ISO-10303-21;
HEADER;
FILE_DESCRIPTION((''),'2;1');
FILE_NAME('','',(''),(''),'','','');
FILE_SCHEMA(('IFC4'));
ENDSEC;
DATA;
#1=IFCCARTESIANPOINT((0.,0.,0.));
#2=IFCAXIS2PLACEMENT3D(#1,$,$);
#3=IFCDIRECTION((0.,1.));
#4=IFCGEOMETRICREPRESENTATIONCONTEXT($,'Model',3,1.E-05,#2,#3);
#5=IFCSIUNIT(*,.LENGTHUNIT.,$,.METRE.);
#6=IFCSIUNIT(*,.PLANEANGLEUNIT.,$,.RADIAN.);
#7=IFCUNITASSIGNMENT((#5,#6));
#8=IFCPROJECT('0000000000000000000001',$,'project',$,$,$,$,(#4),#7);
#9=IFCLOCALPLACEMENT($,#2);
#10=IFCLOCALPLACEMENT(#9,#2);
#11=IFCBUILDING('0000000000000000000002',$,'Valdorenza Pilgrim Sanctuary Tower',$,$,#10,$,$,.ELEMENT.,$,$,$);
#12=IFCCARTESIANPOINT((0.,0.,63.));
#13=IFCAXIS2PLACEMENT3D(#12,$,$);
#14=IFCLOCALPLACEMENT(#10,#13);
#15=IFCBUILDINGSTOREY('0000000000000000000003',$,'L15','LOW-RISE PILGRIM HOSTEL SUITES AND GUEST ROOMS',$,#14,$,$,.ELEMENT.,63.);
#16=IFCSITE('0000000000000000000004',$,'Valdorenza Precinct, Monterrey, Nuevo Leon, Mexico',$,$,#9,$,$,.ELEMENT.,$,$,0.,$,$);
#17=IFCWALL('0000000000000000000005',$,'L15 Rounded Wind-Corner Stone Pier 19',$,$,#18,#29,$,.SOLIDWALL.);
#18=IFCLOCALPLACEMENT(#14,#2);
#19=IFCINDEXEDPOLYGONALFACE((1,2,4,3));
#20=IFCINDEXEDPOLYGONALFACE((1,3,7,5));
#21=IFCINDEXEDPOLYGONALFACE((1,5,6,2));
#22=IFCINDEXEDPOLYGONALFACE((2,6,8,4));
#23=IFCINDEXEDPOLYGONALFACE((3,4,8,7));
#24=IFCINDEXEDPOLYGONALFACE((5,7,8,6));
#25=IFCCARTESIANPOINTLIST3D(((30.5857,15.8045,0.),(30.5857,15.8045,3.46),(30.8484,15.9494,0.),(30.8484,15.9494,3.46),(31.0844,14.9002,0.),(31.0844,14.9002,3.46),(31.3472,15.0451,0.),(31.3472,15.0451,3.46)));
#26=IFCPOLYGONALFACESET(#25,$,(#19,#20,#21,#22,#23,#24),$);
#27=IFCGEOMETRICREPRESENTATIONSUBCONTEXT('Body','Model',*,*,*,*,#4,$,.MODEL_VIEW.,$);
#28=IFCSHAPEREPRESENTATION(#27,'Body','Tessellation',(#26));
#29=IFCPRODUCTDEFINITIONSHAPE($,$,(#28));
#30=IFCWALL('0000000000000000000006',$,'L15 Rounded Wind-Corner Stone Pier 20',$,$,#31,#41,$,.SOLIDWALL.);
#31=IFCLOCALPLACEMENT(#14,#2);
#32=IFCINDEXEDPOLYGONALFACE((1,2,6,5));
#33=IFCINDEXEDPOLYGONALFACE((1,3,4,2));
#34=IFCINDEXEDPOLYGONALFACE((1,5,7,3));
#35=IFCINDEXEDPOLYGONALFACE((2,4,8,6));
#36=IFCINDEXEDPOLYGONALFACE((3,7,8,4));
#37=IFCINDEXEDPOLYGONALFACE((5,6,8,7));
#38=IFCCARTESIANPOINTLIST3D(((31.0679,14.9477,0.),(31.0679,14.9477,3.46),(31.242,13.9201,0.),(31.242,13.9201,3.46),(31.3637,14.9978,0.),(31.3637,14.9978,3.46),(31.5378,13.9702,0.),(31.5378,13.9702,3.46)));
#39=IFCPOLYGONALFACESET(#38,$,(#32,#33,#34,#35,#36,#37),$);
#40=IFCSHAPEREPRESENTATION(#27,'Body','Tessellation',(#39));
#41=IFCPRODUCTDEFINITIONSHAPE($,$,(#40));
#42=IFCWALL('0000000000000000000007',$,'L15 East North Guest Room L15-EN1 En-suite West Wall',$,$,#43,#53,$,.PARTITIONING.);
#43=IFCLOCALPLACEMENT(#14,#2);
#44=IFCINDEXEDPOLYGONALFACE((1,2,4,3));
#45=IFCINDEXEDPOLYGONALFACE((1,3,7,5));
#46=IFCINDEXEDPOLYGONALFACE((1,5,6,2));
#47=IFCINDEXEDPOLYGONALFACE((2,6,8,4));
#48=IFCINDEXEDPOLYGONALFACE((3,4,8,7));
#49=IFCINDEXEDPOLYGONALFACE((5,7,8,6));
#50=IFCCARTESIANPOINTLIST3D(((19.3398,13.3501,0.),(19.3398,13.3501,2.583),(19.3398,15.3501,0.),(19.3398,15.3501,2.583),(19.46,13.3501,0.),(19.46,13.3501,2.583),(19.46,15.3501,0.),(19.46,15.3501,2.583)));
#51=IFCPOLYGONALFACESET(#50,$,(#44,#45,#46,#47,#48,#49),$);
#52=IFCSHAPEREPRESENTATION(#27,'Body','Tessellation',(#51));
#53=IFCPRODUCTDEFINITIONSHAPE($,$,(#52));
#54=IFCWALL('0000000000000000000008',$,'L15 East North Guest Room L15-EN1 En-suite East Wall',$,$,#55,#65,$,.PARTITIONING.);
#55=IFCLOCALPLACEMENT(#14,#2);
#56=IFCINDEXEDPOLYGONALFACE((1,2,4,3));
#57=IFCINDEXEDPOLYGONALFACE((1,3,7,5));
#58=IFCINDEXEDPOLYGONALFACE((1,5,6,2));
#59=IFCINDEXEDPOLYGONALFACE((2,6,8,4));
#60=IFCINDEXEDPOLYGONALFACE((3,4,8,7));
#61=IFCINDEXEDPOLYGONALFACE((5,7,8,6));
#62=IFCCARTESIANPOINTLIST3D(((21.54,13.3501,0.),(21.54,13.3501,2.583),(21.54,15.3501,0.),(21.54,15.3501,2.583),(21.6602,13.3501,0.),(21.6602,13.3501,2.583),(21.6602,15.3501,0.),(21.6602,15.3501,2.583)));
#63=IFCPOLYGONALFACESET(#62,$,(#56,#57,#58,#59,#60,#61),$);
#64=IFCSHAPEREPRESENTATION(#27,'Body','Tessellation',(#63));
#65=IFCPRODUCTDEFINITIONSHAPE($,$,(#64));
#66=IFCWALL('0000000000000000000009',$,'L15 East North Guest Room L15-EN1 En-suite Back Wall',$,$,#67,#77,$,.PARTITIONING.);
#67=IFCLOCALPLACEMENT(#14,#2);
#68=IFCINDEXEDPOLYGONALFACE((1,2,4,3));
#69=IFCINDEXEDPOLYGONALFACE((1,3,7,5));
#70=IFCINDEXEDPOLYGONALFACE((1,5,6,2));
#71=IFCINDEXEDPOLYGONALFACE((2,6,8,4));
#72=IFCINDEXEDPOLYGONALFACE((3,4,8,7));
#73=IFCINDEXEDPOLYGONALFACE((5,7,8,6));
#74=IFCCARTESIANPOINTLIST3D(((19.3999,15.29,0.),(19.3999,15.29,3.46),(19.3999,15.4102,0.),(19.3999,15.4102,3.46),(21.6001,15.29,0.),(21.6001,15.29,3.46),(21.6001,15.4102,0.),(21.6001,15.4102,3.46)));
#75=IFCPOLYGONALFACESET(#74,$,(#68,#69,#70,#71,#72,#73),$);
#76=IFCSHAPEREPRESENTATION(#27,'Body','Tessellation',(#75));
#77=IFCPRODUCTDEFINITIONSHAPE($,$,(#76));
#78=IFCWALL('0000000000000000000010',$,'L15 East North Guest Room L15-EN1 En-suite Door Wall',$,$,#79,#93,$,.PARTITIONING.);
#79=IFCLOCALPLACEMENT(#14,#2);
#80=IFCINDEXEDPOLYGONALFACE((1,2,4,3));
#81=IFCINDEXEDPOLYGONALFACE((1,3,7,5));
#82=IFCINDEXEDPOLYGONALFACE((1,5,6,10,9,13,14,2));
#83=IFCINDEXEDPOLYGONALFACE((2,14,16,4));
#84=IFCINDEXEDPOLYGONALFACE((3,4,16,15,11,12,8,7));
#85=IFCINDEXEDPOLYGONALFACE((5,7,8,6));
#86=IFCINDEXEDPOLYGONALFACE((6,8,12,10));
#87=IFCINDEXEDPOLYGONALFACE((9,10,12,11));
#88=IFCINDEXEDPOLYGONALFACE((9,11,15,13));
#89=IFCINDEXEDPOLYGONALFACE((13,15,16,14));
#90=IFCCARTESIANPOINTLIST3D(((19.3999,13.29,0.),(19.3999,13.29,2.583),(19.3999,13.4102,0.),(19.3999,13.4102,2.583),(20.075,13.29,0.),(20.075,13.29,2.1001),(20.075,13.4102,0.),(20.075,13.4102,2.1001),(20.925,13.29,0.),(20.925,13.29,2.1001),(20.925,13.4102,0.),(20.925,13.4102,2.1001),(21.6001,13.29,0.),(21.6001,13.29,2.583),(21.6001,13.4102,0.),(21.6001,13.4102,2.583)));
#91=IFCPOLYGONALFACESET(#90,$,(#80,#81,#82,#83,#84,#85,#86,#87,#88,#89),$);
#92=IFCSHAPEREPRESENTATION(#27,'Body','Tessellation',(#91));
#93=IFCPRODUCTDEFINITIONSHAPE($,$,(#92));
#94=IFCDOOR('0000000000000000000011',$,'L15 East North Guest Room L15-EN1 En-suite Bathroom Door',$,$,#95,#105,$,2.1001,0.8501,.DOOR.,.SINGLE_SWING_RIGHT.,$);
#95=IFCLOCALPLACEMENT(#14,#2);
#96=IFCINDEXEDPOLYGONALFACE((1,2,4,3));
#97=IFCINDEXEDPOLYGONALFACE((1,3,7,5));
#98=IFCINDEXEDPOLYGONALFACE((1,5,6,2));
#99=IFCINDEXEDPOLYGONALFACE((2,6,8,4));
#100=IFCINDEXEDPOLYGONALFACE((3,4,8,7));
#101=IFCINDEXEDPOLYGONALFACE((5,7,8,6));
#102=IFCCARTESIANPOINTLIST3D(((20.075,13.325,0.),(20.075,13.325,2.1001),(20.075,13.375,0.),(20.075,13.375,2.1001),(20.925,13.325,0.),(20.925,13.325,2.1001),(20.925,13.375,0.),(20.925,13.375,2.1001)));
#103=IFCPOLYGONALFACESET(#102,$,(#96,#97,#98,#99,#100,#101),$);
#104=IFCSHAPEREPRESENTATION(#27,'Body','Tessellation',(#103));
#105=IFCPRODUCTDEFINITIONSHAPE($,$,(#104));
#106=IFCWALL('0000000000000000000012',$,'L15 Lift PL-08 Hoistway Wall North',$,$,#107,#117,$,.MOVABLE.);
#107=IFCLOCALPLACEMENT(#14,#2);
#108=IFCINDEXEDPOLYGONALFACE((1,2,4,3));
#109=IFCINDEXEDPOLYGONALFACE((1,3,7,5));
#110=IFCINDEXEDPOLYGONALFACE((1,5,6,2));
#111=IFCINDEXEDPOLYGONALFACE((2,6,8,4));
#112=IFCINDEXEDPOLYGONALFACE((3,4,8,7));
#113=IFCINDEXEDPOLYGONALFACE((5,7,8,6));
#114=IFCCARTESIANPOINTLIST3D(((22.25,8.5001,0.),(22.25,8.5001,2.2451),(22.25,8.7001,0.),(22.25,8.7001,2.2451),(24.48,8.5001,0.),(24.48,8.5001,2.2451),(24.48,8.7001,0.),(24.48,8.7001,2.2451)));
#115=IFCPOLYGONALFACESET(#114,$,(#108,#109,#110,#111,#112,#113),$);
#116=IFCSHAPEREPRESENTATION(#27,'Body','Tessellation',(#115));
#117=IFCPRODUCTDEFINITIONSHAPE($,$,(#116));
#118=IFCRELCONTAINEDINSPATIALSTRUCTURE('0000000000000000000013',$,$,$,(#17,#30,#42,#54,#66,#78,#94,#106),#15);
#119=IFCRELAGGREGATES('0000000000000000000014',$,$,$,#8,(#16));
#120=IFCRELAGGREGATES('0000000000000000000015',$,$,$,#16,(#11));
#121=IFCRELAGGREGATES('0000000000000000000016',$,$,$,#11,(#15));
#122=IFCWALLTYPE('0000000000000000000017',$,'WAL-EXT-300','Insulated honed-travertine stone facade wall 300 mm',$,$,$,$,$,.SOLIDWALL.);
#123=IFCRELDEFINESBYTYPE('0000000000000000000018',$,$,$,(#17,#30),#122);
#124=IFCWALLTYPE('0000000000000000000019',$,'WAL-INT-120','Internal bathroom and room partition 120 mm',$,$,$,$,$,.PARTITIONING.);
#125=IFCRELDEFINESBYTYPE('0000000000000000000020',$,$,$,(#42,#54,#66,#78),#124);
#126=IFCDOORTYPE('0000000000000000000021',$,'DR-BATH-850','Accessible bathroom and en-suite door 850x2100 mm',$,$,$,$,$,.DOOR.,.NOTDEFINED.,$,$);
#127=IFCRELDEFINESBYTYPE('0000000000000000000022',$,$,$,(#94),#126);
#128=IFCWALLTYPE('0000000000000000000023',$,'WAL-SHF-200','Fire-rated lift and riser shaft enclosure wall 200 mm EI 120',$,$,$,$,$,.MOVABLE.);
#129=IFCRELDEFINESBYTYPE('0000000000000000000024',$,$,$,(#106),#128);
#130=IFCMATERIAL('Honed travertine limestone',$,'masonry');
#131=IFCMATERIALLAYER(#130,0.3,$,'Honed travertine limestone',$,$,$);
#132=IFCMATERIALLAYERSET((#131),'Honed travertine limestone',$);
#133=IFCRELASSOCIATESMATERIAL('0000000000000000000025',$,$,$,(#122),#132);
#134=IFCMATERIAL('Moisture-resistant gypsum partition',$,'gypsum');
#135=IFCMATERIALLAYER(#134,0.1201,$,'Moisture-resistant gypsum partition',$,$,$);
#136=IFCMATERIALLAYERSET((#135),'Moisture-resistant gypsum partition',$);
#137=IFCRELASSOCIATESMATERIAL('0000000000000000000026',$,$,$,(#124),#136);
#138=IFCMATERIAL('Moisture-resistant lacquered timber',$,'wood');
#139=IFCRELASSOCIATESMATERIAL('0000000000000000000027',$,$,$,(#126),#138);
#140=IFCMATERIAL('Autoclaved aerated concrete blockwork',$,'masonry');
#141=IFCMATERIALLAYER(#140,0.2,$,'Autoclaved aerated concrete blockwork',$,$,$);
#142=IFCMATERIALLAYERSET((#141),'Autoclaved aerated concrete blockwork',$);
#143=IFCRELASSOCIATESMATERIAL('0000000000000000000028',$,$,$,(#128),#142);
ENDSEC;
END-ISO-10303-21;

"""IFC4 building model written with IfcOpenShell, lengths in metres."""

from ifc_helpers import new_model, si_unit, direction, frame, frame_2d, origin, place, context, subcontext, project, spatial, rectangle, extrude, material, layer, layer_set, type_object, element, fill, save


model = new_model("IFC4")

# Units and contexts
model_context = context("Model", 3, precision=1e-05, world=origin(), true_north=direction((0.0, 1.0)))
body_context = subcontext(model_context, "Body", "Model", "MODEL_VIEW")
ifc_project = project(units=[si_unit("LENGTHUNIT", "METRE"), si_unit("PLANEANGLEUNIT", "RADIAN")], contexts=[model_context])

# Site, building, storey
site_placement = place(None, origin())
site = spatial("IfcSite", under=ifc_project, at=site_placement, Name="Valdorenza Precinct, Monterrey, Nuevo Leon, Mexico", CompositionType="ELEMENT", RefElevation=0.0)
building_placement = place(site_placement, origin())
building = spatial("IfcBuilding", under=site, at=building_placement, Name="Valdorenza Pilgrim Sanctuary Tower", CompositionType="ELEMENT")
storey_placement = place(building_placement, frame((0.0, 0.0, 63.0)))
storey = spatial("IfcBuildingStorey", under=building, at=storey_placement, Name="L15", Description="LOW-RISE PILGRIM HOSTEL SUITES AND GUEST ROOMS", CompositionType="ELEMENT", Elevation=63.0)

# Shared definitions
ifc_material_1 = material(Name="Honed travertine limestone", Category="masonry")

# Walls
ifc_layer_1 = layer(ifc_material_1, 0.3, Name="Honed travertine limestone")
ifc_layer_set_1 = layer_set([ifc_layer_1], Name="Honed travertine limestone")
wall_type_1 = type_object("IfcWallType", Name="WAL-EXT-300", Description="Insulated honed-travertine stone facade wall 300 mm", PredefinedType="SOLIDWALL", material=ifc_layer_set_1)
wall_1_placement = place(storey_placement, frame((30.717, 15.877, 0.0), z_axis=(0.0, 0.0, 1.0), x_axis=(0.482971, -0.875636, 0.0)))
element("IfcWall", 1, at=wall_1_placement, inside=storey, type_object=wall_type_1, Name="L15 Rounded Wind-Corner Stone Pier 19", PredefinedType="SOLIDWALL", context=body_context, shape_type="SweptSolid", body=[
    extrude(rectangle(XDim=1.0327, YDim=0.3, at=frame_2d((0.5164, 0.0))), origin(), (0.0, 0.0, 1.0), 3.46),
])
wall_2_placement = place(storey_placement, frame((31.2158, 14.9727, 0.0), z_axis=(0.0, 0.0, 1.0), x_axis=(0.167019, -0.985954, 0.0)))
element("IfcWall", 2, at=wall_2_placement, inside=storey, type_object=wall_type_1, Name="L15 Rounded Wind-Corner Stone Pier 20", PredefinedType="SOLIDWALL", context=body_context, shape_type="SweptSolid", body=[
    extrude(rectangle(XDim=1.0422, YDim=0.3, at=frame_2d((0.521, 0.0))), origin(), (0.0, 0.0, 1.0), 3.46),
])
ifc_material_2 = material(Name="Moisture-resistant gypsum partition", Category="gypsum")
ifc_layer_2 = layer(ifc_material_2, 0.1201, Name="Moisture-resistant gypsum partition")
ifc_layer_set_2 = layer_set([ifc_layer_2], Name="Moisture-resistant gypsum partition")
wall_type_2 = type_object("IfcWallType", Name="WAL-INT-120", Description="Internal bathroom and room partition 120 mm", PredefinedType="PARTITIONING", material=ifc_layer_set_2)
for number, where, z_axis, x_axis, name in (
    (3, (19.3999, 13.3501, 0.0), (0.0, 0.0, 1.0), (0.0, 1.0, 0.0), "L15 East North Guest Room L15-EN1 En-suite West Wall"),
    (4, (21.6001, 13.3501, 0.0), (0.0, 0.0, 1.0), (0.0, 1.0, 0.0), "L15 East North Guest Room L15-EN1 En-suite East Wall"),
):
    element("IfcWall", number, at=place(storey_placement, frame(where, z_axis=z_axis, x_axis=x_axis)), inside=storey, type_object=wall_type_2, Name=name, PredefinedType="PARTITIONING", context=body_context, shape_type="SweptSolid", body=[
        extrude(rectangle(XDim=2.0, YDim=0.1201, at=frame_2d((1.0, 0.0))), origin(), (0.0, 0.0, 1.0), 2.583),
    ])
wall_3_placement = place(storey_placement, frame((19.3999, 15.3501, 0.0), z_axis=(0.0, 0.0, 1.0), x_axis=(1.0, 0.0, 0.0)))
element("IfcWall", 5, at=wall_3_placement, inside=storey, type_object=wall_type_2, Name="L15 East North Guest Room L15-EN1 En-suite Back Wall", PredefinedType="PARTITIONING", context=body_context, shape_type="SweptSolid", body=[
    extrude(rectangle(XDim=2.2002, YDim=0.1201, at=frame_2d((1.1001, 0.0))), origin(), (0.0, 0.0, 1.0), 3.46),
])

# Wall, opening, door
wall_4_placement = place(storey_placement, frame((19.3999, 13.3501, 0.0), z_axis=(0.0, 0.0, 1.0), x_axis=(1.0, 0.0, 0.0)))
wall_4 = element("IfcWall", 6, at=wall_4_placement, inside=storey, type_object=wall_type_2, Name="L15 East North Guest Room L15-EN1 En-suite Door Wall", PredefinedType="PARTITIONING", context=body_context, shape_type="SweptSolid", body=[
    extrude(rectangle(XDim=2.2002, YDim=0.1201, at=frame_2d((1.1001, 0.0))), origin(), (0.0, 0.0, 1.0), 2.583),
])
opening_1_placement = place(wall_4_placement, frame((0.675, 0.0, 0.0)))
opening_1 = element("IfcOpeningElement", 7, at=opening_1_placement, cuts=wall_4, PredefinedType="OPENING", context=body_context, shape_type="SweptSolid", body=[
    extrude(rectangle(XDim=0.8501, YDim=2.1001, at=frame_2d((0.425, 1.05))), frame((0.0, 0.075, 0.0), z_axis=(0.0, -1.0, 0.0), x_axis=(1.0, 0.0, 0.0)), (0.0, 0.0, 1.0), 0.1499),
])
ifc_material_3 = material(Name="Moisture-resistant lacquered timber", Category="wood")
door_type_1 = type_object("IfcDoorType", Name="DR-BATH-850", Description="Accessible bathroom and en-suite door 850x2100 mm", OperationType="NOTDEFINED", PredefinedType="DOOR", material=ifc_material_3)
door_1_placement = place(opening_1_placement, origin())
door_1 = element("IfcDoor", 8, at=door_1_placement, inside=storey, type_object=door_type_1, Name="L15 East North Guest Room L15-EN1 En-suite Bathroom Door", OperationType="SINGLE_SWING_RIGHT", OverallHeight=2.1001, OverallWidth=0.8501, PredefinedType="DOOR", context=body_context, shape_type="SweptSolid", body=[
    extrude(rectangle(XDim=0.8501, YDim=2.1001, at=frame_2d((0.425, 1.05))), frame((0.0, 0.0249, 0.0), z_axis=(0.0, -1.0, 0.0), x_axis=(1.0, 0.0, 0.0)), (0.0, 0.0, 1.0), 0.05),
])
fill(opening_1, door_1)

# Wall
ifc_material_4 = material(Name="Autoclaved aerated concrete blockwork", Category="masonry")
ifc_layer_3 = layer(ifc_material_4, 0.2, Name="Autoclaved aerated concrete blockwork")
ifc_layer_set_3 = layer_set([ifc_layer_3], Name="Autoclaved aerated concrete blockwork")
wall_type_3 = type_object("IfcWallType", Name="WAL-SHF-200", Description="Fire-rated lift and riser shaft enclosure wall 200 mm EI 120", PredefinedType="MOVABLE", material=ifc_layer_set_3)
wall_5_placement = place(storey_placement, frame((22.25, 8.6001, 0.0), z_axis=(0.0, 0.0, 1.0), x_axis=(1.0, 0.0, 0.0)))
element("IfcWall", 9, at=wall_5_placement, inside=storey, type_object=wall_type_3, Name="L15 Lift PL-08 Hoistway Wall North", PredefinedType="MOVABLE", context=body_context, shape_type="SweptSolid", body=[
    extrude(rectangle(XDim=2.23, YDim=0.2, at=frame_2d((1.115, 0.0))), origin(), (0.0, 0.0, 1.0), 2.2451),
])

save(model, "model.ifc")
